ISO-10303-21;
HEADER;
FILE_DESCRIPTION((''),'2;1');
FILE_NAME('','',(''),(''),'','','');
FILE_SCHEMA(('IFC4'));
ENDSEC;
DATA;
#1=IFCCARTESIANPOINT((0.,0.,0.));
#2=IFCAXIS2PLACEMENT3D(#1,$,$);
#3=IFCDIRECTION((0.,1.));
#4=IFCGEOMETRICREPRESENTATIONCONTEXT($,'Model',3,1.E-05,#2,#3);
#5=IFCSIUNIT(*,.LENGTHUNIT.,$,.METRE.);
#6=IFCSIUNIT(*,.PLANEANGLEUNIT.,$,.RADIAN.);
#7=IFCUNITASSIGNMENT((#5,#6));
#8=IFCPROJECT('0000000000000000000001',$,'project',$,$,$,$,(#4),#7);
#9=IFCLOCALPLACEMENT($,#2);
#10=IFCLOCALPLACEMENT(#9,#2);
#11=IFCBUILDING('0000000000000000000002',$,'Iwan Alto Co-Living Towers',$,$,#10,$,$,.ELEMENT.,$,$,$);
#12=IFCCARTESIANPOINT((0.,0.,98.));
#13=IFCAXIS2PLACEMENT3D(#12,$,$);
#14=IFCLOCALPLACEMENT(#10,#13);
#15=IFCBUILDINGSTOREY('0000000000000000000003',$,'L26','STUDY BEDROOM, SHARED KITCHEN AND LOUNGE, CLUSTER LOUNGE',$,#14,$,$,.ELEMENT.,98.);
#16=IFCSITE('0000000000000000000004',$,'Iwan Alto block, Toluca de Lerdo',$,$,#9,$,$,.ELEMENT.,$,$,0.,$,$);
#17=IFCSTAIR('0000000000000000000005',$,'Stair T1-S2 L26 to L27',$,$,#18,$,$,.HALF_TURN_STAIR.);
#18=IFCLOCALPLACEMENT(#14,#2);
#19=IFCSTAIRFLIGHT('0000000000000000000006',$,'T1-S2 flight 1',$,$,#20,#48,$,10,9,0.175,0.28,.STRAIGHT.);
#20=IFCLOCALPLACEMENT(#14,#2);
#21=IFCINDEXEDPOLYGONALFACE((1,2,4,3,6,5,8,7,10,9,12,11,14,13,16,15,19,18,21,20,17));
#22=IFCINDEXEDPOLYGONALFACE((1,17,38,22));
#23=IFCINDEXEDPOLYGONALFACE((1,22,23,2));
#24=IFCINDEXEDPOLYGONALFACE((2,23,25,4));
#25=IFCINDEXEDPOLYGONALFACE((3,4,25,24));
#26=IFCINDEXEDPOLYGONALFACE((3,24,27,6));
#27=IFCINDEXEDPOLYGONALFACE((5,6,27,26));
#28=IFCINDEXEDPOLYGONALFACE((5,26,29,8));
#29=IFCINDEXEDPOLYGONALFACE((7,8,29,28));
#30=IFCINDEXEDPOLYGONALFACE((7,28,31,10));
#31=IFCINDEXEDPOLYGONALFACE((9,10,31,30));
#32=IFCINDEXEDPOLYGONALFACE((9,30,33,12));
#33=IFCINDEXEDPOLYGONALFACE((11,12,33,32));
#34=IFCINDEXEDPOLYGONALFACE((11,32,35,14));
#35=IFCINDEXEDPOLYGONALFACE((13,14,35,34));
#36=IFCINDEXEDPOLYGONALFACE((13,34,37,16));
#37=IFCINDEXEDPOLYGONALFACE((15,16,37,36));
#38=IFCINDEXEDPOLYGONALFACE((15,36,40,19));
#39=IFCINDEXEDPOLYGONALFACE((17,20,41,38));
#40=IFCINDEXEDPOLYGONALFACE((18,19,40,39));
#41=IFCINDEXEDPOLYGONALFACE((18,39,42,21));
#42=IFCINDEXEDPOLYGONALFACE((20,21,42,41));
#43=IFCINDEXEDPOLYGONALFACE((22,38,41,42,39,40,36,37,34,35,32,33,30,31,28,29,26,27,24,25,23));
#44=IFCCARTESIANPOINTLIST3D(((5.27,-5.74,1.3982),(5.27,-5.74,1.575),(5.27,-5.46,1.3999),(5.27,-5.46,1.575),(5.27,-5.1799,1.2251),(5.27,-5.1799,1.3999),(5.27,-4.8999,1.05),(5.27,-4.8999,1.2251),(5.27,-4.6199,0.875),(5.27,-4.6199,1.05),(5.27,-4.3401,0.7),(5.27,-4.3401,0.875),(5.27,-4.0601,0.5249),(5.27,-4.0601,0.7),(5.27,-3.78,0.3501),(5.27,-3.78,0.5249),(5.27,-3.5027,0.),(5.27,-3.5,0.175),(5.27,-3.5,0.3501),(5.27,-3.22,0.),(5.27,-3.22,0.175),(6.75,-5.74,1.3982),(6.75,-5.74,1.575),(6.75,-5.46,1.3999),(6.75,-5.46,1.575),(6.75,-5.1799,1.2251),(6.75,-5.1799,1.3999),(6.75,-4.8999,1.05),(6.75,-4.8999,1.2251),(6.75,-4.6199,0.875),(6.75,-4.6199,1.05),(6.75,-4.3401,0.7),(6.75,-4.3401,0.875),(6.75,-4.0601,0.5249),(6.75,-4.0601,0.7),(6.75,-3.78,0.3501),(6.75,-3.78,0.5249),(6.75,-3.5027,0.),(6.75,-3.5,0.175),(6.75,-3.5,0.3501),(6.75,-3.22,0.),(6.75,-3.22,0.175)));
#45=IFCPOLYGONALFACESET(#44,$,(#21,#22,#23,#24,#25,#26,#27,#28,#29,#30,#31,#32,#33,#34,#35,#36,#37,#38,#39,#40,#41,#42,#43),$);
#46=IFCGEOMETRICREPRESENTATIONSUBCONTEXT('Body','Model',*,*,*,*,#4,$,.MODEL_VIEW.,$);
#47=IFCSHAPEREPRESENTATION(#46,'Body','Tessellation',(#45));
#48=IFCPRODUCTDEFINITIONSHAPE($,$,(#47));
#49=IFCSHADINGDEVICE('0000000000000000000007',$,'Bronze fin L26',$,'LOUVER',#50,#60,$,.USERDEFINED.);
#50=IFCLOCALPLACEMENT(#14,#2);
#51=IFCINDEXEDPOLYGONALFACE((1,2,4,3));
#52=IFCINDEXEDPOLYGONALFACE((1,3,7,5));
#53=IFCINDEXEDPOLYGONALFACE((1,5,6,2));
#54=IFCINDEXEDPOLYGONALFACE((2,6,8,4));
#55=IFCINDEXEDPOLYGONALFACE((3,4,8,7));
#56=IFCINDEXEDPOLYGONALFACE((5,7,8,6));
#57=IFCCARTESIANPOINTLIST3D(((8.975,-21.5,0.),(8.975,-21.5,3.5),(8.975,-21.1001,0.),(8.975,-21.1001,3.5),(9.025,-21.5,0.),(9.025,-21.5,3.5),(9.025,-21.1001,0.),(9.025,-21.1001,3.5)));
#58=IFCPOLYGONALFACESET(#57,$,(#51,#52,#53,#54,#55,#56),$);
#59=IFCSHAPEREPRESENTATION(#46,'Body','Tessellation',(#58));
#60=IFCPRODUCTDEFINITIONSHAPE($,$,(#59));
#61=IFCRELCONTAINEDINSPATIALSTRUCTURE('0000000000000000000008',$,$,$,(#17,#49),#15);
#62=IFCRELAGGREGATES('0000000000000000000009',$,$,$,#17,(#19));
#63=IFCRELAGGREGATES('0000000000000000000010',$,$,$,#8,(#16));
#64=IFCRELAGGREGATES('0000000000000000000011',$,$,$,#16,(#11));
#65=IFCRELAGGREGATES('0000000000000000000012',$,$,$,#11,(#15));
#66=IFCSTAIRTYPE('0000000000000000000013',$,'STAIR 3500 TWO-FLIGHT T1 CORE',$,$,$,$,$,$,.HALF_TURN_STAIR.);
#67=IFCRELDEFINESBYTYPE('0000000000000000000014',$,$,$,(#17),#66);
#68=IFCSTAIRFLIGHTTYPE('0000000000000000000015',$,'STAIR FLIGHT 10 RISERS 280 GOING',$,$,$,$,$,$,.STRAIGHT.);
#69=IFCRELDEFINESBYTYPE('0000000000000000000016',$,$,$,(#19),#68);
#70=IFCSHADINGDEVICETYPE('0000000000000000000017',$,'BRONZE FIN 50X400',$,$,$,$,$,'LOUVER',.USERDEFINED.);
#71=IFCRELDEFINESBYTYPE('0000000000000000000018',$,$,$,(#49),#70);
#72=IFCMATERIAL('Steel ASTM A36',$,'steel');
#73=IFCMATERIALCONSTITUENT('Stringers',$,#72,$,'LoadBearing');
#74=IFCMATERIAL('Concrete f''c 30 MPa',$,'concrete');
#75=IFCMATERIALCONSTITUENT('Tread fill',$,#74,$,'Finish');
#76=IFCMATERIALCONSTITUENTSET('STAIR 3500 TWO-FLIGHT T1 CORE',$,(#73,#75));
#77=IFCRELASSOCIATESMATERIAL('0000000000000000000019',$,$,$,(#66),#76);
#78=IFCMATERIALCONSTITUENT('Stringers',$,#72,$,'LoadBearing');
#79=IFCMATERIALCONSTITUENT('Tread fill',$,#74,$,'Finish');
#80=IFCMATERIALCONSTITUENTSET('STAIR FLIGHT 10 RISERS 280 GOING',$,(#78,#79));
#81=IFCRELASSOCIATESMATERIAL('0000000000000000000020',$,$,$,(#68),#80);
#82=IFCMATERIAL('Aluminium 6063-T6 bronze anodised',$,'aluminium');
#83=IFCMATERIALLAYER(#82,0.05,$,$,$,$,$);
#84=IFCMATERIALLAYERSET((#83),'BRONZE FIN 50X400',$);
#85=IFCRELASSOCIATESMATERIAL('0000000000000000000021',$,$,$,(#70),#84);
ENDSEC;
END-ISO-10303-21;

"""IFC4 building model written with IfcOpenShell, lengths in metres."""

from ifc_helpers import new_model, si_unit, direction, frame, origin, origin_2d, place, context, subcontext, project, spatial, polyline, rectangle, outline, extrude, material, layer, layer_set, constituent, constituent_set, type_object, element, aggregate, save


model = new_model("IFC4")

# Units and contexts
model_context = context("Model", 3, precision=1e-05, world=origin(), true_north=direction((0.0, 1.0)))
body_context = subcontext(model_context, "Body", "Model", "MODEL_VIEW")
ifc_project = project(units=[si_unit("LENGTHUNIT", "METRE"), si_unit("PLANEANGLEUNIT", "RADIAN")], contexts=[model_context])

# Site, building, storey
site_placement = place(None, origin())
site = spatial("IfcSite", under=ifc_project, at=site_placement, Name="Iwan Alto block, Toluca de Lerdo", CompositionType="ELEMENT", RefElevation=0.0)
building_placement = place(site_placement, origin())
building = spatial("IfcBuilding", under=site, at=building_placement, Name="Iwan Alto Co-Living Towers", CompositionType="ELEMENT")
storey_placement = place(building_placement, frame((0.0, 0.0, 98.0)))
storey = spatial("IfcBuildingStorey", under=building, at=storey_placement, Name="L26", Description="STUDY BEDROOM, SHARED KITCHEN AND LOUNGE, CLUSTER LOUNGE", CompositionType="ELEMENT", Elevation=98.0)

# Stair, stair flight
ifc_material_1 = material(Name="Steel ASTM A36", Category="steel")
ifc_constituent_1 = constituent(ifc_material_1, Name="Stringers", Category="LoadBearing")
ifc_material_2 = material(Name="Concrete f'c 30 MPa", Category="concrete")
ifc_constituent_2 = constituent(ifc_material_2, Name="Tread fill", Category="Finish")
ifc_constituent_set_1 = constituent_set(constituents=[ifc_constituent_1, ifc_constituent_2], Name="STAIR 3500 TWO-FLIGHT T1 CORE")
stair_type = type_object("IfcStairType", Name="STAIR 3500 TWO-FLIGHT T1 CORE", PredefinedType="HALF_TURN_STAIR", material=ifc_constituent_set_1)
stair_placement = place(storey_placement, origin())
stair = element("IfcStair", 1, at=stair_placement, inside=storey, type_object=stair_type, Name="Stair T1-S2 L26 to L27", PredefinedType="HALF_TURN_STAIR")
ifc_constituent_3 = constituent(ifc_material_1, Name="Stringers", Category="LoadBearing")
ifc_constituent_4 = constituent(ifc_material_2, Name="Tread fill", Category="Finish")
ifc_constituent_set_2 = constituent_set(constituents=[ifc_constituent_3, ifc_constituent_4], Name="STAIR FLIGHT 10 RISERS 280 GOING")
stair_flight_type = type_object("IfcStairFlightType", Name="STAIR FLIGHT 10 RISERS 280 GOING", PredefinedType="STRAIGHT", material=ifc_constituent_set_2)
stair_flight_placement = place(storey_placement, frame((6.01, -3.22, 0.0), z_axis=(0.0, 0.0, 1.0), x_axis=(0.0, -1.0, 0.0)))
stair_flight = element("IfcStairFlight", 2, at=stair_flight_placement, type_object=stair_flight_type, Name="T1-S2 flight 1", NumberOfRisers=10, NumberOfTreads=9, PredefinedType="STRAIGHT", RiserHeight=0.175, TreadLength=0.28, context=body_context, shape_type="SweptSolid", body=[
    extrude(outline(polyline([(0.0, 0.0), (0.0, 0.175), (0.28, 0.175), (0.28, 0.3501), (0.5601, 0.3501), (0.5601, 0.5249), (0.8401, 0.5249), (0.8401, 0.7), (1.1201, 0.7), (1.1201, 0.875), (1.3999, 0.875), (1.3999, 1.05), (1.6799, 1.05), (1.6799, 1.2251), (1.96, 1.2251), (1.96, 1.3999), (2.24, 1.3999), (2.24, 1.575), (2.52, 1.575), (2.52, 1.75), (2.52, 1.3982), (0.2827, 0.0), (0.0, 0.0)])), frame((0.0, 0.74, 0.0), z_axis=(0.0, -1.0, 0.0), x_axis=(1.0, 0.0, 0.0)), (0.0, 0.0, 1.0), 1.48),
])
aggregate(stair, [stair_flight])

# Shading device
ifc_material_3 = material(Name="Aluminium 6063-T6 bronze anodised", Category="aluminium")
ifc_layer_1 = layer(ifc_material_3, 0.05)
ifc_layer_set_1 = layer_set([ifc_layer_1], Name="BRONZE FIN 50X400")
shading_device_type = type_object("IfcShadingDeviceType", Name="BRONZE FIN 50X400", ElementType="LOUVER", PredefinedType="USERDEFINED", material=ifc_layer_set_1)
shading_device_placement = place(storey_placement, frame((9.0, -21.3, 0.0), z_axis=(0.0, 0.0, 1.0), x_axis=(1.0, 0.0, 0.0)))
element("IfcShadingDevice", 3, at=shading_device_placement, inside=storey, type_object=shading_device_type, Name="Bronze fin L26", ObjectType="LOUVER", PredefinedType="USERDEFINED", context=body_context, shape_type="SweptSolid", body=[
    extrude(rectangle(XDim=0.05, YDim=0.3999, at=origin_2d()), origin(), (0.0, 0.0, 1.0), 3.5),
])

save(model, "model.ifc")
